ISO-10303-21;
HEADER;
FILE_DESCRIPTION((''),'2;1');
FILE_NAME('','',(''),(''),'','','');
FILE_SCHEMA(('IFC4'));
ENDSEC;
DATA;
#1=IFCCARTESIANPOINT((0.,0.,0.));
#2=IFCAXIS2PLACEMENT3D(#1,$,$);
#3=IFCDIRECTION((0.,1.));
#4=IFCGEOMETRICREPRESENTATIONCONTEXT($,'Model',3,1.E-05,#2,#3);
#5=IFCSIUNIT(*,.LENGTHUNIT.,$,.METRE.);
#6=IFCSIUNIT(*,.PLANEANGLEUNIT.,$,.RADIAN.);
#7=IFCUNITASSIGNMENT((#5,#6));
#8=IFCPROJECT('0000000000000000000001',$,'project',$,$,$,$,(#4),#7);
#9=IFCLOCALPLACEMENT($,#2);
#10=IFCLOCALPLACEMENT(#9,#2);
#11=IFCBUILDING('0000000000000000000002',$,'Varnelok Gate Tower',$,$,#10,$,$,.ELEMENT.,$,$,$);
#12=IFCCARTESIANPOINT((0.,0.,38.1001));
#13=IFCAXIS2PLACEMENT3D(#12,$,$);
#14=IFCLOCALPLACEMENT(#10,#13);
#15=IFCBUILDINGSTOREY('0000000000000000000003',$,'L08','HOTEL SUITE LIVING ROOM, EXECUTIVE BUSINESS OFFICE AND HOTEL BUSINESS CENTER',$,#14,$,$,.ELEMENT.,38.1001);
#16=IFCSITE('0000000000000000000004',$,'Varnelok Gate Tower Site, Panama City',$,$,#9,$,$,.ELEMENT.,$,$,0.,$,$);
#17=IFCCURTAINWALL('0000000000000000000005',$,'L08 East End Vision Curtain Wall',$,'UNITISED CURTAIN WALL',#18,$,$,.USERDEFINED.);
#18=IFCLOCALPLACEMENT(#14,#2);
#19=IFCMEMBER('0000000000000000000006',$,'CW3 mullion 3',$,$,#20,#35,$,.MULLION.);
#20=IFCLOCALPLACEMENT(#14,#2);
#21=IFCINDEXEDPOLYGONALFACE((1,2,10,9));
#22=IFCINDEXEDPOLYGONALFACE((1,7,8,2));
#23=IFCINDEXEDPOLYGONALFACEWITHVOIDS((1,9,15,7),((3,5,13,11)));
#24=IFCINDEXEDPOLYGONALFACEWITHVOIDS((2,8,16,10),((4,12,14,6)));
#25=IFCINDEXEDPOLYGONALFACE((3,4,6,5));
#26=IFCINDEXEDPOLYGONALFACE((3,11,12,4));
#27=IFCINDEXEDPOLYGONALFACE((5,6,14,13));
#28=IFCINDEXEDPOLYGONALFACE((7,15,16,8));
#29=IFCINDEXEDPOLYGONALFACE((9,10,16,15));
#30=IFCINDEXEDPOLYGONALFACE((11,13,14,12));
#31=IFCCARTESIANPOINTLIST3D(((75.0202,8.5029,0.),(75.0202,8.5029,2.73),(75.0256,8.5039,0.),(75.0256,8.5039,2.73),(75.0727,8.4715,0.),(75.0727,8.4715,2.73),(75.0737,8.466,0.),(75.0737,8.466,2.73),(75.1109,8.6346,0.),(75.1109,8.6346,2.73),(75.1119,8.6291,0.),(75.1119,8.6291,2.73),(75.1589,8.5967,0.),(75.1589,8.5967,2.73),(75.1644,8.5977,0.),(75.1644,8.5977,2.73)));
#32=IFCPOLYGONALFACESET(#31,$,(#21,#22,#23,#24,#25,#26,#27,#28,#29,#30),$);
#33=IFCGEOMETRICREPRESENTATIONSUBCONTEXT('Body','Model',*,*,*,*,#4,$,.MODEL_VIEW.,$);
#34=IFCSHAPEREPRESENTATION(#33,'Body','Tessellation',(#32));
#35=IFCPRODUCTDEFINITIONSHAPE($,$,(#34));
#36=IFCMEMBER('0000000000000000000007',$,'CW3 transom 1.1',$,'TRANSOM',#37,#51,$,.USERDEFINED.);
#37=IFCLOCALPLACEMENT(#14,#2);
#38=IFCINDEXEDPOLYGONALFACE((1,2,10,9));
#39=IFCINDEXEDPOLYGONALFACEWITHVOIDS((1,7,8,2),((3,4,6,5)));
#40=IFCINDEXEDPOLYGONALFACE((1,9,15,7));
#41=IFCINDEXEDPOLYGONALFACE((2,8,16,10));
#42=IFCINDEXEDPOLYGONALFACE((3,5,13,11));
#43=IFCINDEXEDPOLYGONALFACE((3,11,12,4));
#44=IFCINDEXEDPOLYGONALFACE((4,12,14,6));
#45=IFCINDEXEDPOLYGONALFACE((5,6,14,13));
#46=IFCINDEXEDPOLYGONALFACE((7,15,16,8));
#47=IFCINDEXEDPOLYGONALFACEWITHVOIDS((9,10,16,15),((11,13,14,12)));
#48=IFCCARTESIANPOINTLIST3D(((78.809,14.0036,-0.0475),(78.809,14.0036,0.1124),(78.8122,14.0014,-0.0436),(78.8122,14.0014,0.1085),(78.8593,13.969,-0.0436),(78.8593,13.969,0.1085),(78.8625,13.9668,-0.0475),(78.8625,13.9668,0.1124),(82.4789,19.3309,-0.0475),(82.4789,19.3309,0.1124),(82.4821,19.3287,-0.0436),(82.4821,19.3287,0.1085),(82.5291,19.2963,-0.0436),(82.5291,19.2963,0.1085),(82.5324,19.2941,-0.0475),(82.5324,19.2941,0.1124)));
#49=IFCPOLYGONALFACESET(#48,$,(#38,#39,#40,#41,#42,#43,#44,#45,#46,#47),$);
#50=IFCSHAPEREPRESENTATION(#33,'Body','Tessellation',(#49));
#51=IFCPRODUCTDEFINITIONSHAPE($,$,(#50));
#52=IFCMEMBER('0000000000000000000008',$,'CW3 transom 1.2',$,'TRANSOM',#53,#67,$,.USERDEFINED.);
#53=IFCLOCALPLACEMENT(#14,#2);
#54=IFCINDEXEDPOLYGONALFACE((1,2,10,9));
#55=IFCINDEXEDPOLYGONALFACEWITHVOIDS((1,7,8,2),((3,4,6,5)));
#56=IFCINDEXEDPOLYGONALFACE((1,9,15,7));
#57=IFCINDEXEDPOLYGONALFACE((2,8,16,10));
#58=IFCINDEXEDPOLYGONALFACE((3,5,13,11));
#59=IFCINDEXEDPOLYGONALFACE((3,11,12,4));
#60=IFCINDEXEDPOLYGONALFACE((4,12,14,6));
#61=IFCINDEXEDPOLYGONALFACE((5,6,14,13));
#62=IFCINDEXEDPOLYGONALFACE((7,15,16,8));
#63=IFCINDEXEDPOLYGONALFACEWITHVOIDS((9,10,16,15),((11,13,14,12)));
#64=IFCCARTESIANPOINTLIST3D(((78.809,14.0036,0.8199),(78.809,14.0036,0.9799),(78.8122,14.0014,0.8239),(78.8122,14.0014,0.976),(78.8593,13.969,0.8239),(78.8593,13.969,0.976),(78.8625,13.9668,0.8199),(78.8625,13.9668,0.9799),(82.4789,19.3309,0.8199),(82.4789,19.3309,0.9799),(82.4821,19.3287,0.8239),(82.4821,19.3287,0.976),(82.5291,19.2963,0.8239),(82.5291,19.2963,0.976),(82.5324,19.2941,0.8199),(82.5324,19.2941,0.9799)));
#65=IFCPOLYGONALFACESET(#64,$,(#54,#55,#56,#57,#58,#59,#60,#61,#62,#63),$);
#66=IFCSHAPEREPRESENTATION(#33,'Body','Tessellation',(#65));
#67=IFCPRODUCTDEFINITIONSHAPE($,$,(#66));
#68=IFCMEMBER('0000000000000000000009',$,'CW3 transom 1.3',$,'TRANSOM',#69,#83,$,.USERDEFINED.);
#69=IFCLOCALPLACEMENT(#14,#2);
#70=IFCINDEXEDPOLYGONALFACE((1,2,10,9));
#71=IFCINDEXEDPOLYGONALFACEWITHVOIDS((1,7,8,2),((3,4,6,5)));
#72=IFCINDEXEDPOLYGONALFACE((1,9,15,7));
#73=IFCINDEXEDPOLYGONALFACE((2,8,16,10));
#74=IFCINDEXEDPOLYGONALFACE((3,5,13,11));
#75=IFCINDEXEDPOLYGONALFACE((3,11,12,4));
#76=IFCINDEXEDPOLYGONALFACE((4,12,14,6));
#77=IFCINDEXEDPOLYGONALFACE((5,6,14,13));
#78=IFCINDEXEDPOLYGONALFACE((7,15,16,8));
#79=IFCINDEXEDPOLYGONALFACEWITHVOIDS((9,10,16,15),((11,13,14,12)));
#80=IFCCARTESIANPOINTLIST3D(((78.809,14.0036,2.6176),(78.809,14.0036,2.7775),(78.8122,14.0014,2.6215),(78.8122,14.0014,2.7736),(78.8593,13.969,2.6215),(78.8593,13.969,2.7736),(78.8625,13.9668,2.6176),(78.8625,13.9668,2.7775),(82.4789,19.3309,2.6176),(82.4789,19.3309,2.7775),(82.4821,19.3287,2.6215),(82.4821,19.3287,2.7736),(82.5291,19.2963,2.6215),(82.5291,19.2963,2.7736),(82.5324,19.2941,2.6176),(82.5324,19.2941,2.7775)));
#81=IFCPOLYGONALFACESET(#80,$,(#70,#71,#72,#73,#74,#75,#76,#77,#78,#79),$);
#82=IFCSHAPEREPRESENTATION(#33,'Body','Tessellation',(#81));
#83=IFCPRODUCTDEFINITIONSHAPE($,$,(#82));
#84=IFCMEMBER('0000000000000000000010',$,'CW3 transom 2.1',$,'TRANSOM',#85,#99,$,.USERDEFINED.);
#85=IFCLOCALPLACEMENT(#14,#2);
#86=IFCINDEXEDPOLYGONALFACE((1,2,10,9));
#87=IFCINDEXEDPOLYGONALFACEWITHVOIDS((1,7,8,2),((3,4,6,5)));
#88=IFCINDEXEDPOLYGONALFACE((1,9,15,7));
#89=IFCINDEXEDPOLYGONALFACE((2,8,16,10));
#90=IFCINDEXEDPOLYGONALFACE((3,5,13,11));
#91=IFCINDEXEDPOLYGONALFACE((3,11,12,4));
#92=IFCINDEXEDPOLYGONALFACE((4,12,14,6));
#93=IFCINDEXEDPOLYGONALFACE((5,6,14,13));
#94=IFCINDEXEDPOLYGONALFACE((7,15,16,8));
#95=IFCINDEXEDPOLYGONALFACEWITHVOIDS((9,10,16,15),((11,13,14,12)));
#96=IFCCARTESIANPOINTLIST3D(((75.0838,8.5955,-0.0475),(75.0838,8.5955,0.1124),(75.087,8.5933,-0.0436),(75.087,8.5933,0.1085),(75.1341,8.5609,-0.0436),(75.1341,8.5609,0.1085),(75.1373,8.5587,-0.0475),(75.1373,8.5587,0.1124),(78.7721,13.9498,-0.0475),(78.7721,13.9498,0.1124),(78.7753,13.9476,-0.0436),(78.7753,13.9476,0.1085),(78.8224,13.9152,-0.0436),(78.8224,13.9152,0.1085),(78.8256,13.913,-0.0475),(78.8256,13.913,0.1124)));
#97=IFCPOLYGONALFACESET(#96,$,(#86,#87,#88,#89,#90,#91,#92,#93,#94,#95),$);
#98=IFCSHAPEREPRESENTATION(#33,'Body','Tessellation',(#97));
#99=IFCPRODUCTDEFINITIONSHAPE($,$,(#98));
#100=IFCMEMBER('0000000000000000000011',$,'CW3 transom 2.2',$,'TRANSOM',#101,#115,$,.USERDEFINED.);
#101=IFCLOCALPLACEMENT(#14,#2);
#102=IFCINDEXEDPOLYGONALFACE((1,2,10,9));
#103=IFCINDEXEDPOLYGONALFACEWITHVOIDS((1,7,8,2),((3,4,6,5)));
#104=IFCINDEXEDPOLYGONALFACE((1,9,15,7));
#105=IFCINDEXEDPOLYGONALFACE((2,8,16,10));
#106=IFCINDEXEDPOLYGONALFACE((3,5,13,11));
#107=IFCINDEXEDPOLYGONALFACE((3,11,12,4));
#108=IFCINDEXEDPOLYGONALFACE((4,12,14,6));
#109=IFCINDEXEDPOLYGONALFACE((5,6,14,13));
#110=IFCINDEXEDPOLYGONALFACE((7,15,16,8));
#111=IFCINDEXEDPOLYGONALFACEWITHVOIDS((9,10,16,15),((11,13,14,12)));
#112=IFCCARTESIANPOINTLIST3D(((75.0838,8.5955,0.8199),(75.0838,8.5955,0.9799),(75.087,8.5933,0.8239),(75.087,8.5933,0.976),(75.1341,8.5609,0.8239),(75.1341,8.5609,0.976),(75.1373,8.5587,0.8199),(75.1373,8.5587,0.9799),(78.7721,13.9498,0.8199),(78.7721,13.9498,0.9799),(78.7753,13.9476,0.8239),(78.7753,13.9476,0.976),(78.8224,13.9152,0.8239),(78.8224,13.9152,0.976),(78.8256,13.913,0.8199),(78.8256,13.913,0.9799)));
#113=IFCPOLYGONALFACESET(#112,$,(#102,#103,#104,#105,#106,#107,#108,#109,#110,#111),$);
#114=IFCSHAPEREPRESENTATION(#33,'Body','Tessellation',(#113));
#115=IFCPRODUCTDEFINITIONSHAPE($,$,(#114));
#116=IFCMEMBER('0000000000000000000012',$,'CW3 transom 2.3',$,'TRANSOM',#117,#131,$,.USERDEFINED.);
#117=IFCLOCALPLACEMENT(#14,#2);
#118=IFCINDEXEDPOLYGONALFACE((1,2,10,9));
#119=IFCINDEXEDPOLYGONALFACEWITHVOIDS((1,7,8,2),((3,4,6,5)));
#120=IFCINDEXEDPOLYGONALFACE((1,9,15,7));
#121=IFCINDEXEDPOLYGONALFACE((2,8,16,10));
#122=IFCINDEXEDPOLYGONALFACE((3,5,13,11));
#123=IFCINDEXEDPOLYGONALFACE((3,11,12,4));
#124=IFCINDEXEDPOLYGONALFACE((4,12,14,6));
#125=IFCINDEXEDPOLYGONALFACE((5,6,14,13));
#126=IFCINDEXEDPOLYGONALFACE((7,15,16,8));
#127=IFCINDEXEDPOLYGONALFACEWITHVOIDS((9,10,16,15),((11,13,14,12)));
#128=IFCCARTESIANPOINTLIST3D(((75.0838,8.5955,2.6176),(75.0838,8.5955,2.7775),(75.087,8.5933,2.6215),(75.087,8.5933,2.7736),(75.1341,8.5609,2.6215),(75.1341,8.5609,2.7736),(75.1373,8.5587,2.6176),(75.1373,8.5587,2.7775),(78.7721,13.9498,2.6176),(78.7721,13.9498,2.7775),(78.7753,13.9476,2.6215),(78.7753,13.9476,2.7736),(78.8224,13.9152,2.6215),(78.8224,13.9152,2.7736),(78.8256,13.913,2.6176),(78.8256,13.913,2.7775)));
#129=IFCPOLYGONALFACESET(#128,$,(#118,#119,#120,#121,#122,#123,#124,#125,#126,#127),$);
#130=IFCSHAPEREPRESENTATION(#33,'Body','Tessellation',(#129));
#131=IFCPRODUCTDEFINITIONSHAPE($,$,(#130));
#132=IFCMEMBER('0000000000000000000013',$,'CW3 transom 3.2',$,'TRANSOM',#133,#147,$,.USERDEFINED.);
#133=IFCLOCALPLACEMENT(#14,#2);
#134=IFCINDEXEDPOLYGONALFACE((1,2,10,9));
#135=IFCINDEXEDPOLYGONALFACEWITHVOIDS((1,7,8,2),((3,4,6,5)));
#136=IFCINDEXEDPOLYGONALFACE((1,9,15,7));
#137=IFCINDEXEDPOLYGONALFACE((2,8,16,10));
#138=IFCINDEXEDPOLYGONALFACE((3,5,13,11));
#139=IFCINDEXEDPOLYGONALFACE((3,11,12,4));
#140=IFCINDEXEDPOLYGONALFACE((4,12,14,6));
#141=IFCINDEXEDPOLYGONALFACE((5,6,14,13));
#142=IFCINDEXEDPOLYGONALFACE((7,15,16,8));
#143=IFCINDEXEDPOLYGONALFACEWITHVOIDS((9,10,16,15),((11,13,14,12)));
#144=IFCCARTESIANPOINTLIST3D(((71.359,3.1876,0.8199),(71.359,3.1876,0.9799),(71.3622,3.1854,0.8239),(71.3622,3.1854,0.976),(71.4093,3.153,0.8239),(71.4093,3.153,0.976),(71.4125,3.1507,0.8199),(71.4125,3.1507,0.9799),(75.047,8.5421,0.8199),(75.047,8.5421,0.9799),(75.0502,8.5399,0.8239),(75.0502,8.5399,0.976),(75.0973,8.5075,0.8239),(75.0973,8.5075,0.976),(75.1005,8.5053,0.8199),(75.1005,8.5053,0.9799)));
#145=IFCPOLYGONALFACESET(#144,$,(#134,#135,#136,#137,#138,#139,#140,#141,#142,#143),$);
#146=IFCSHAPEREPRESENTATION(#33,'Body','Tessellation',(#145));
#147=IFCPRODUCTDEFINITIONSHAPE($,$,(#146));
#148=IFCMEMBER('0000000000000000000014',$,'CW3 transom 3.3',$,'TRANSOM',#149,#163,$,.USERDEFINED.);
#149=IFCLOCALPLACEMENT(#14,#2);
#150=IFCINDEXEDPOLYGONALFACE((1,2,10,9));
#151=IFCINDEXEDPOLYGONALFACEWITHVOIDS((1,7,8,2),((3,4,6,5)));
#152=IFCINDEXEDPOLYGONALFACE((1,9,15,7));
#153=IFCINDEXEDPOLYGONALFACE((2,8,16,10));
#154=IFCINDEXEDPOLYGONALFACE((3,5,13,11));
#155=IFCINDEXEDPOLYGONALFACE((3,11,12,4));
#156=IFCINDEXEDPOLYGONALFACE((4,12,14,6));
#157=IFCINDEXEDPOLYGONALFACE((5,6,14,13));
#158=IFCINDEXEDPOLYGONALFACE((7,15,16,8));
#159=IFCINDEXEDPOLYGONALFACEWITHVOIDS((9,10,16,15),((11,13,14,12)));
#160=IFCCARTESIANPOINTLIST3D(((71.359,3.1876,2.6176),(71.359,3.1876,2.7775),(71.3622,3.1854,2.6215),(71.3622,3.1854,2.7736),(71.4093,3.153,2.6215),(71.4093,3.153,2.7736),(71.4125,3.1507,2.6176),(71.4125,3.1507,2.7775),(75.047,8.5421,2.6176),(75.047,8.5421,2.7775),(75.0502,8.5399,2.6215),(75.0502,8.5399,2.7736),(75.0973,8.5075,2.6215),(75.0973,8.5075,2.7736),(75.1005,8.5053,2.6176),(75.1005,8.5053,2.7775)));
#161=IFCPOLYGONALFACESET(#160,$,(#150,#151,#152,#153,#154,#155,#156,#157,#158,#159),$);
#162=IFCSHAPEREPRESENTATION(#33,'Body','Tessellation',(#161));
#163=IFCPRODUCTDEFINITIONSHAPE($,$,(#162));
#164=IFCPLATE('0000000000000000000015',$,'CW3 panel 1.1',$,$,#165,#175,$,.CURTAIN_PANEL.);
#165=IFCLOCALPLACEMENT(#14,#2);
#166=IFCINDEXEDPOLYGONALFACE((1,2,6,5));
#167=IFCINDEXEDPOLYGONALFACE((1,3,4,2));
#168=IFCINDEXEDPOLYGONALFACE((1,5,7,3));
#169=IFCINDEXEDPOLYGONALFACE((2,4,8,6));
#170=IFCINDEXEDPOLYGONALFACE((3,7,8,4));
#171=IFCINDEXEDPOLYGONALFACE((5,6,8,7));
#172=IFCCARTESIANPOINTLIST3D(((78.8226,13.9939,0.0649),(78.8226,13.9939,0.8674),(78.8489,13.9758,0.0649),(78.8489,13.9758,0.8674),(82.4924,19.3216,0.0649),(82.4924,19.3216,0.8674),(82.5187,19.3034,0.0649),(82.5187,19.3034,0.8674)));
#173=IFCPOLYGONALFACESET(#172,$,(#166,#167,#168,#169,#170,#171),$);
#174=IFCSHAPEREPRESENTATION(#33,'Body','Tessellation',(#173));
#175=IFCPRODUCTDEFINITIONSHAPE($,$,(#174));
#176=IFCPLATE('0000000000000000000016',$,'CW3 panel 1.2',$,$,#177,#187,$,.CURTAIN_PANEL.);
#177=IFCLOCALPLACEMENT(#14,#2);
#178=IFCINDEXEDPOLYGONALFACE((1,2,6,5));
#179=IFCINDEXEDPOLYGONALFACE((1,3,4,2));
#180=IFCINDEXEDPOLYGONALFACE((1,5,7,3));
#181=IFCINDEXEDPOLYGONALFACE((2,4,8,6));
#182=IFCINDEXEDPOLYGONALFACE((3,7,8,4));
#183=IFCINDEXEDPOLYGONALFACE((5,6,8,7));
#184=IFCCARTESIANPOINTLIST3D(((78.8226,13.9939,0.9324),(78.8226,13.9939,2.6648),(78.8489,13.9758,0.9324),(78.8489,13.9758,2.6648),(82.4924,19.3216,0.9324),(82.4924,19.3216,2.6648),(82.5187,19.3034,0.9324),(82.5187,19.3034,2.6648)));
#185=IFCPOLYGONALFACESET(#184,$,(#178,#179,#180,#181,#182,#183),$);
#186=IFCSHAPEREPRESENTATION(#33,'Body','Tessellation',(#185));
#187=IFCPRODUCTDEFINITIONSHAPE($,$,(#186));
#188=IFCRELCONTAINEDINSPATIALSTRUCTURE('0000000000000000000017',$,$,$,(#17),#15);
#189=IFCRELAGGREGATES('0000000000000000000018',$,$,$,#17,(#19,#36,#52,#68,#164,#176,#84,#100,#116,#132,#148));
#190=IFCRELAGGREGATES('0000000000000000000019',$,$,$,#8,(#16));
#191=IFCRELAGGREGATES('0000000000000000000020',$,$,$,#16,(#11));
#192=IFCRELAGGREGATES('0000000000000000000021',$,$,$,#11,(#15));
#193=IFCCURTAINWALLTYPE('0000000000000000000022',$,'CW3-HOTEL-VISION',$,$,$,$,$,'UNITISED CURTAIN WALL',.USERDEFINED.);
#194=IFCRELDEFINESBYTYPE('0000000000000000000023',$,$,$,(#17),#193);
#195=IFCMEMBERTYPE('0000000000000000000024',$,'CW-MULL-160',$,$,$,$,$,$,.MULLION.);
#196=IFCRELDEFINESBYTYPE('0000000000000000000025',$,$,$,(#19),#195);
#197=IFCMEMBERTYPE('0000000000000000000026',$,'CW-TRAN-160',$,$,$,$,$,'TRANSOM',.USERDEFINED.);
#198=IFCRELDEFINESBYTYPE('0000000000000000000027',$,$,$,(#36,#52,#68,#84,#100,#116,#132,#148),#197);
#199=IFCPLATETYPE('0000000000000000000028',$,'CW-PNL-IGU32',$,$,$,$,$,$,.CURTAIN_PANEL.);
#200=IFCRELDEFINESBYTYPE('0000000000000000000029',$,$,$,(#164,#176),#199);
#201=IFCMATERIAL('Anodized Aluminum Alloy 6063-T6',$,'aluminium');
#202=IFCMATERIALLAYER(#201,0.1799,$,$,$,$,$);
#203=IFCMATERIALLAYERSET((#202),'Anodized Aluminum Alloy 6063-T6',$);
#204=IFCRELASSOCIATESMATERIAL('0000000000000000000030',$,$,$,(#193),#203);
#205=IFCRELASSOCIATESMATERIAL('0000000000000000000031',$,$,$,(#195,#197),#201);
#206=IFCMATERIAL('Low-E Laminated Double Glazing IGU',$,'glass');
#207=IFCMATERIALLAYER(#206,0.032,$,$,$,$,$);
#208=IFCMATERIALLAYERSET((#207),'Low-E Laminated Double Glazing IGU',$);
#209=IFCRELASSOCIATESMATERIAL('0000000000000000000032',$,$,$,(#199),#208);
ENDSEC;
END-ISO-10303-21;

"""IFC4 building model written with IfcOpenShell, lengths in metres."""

from ifc_helpers import new_model, si_unit, direction, frame, origin, origin_2d, place, context, subcontext, project, spatial, rectangle, hollow_rectangle, extrude, source, transform, mapped, material, layer, layer_set, material_profile, profile_set, type_object, element, aggregate, save


model = new_model("IFC4")

# Units and contexts
model_context = context("Model", 3, precision=1e-05, world=origin(), true_north=direction((0.0, 1.0)))
body_context = subcontext(model_context, "Body", "Model", "MODEL_VIEW")
ifc_project = project(units=[si_unit("LENGTHUNIT", "METRE"), si_unit("PLANEANGLEUNIT", "RADIAN")], contexts=[model_context])

# Site, building, storey
site_placement = place(None, origin())
site = spatial("IfcSite", under=ifc_project, at=site_placement, Name="Varnelok Gate Tower Site, Panama City", CompositionType="ELEMENT", RefElevation=0.0)
building_placement = place(site_placement, origin())
building = spatial("IfcBuilding", under=site, at=building_placement, Name="Varnelok Gate Tower", CompositionType="ELEMENT")
storey_placement = place(building_placement, frame((0.0, 0.0, 38.1001)))
storey = spatial("IfcBuildingStorey", under=building, at=storey_placement, Name="L08", Description="HOTEL SUITE LIVING ROOM, EXECUTIVE BUSINESS OFFICE AND HOTEL BUSINESS CENTER", CompositionType="ELEMENT", Elevation=38.1001)

# Curtain wall, members, plates
ifc_material_1 = material(Name="Anodized Aluminum Alloy 6063-T6", Category="aluminium")
ifc_layer_1 = layer(ifc_material_1, 0.1799)
ifc_layer_set_1 = layer_set([ifc_layer_1], Name="Anodized Aluminum Alloy 6063-T6")
curtain_wall_type = type_object("IfcCurtainWallType", Name="CW3-HOTEL-VISION", ElementType="UNITISED CURTAIN WALL", PredefinedType="USERDEFINED", material=ifc_layer_set_1)
curtain_wall_placement = place(storey_placement, origin())
curtain_wall = element("IfcCurtainWall", 1, at=curtain_wall_placement, inside=storey, type_object=curtain_wall_type, Name="L08 East End Vision Curtain Wall", ObjectType="UNITISED CURTAIN WALL", PredefinedType="USERDEFINED")
ifc_material_profile_1 = material_profile(ifc_material_1, hollow_rectangle(XDim=0.0649, YDim=0.1599, WallThickness=0.0039, at=origin_2d()), Name="ALU160X65X4")
ifc_profile_set_1 = profile_set([ifc_material_profile_1], Name="Anodized Aluminum Alloy 6063-T6")
member_type_1 = type_object("IfcMemberType", Name="CW-MULL-160", PredefinedType="MULLION", material=ifc_profile_set_1)
member_1_placement = place(storey_placement, frame((75.0923, 8.5503, 0.0), z_axis=(0.0, 0.0, 1.0), x_axis=(0.823533, -0.567269, 0.0)))
member_1 = element("IfcMember", 2, at=member_1_placement, type_object=member_type_1, Name="CW3 mullion 3", PredefinedType="MULLION", context=body_context, shape_type="SweptSolid", body=[
    extrude(hollow_rectangle(XDim=0.0649, YDim=0.1599, WallThickness=0.0039, at=origin_2d()), origin(), (0.0, 0.0, 1.0), 2.73),
])
ifc_material_profile_2 = material_profile(ifc_material_1, hollow_rectangle(XDim=0.0649, YDim=0.1599, WallThickness=0.0039, at=origin_2d()), Name="ALU160X65X4")
ifc_profile_set_2 = profile_set([ifc_material_profile_2], Name="Anodized Aluminum Alloy 6063-T6")
member_type_2 = type_object("IfcMemberType", Name="CW-TRAN-160", ElementType="TRANSOM", PredefinedType="USERDEFINED", material=ifc_profile_set_2)
member_2_placement = place(storey_placement, frame((82.5056, 19.3125, 0.0325), z_axis=(-0.567299, -0.823512, 0.0), x_axis=(0.823512, -0.567299, 0.0)))
member_2 = element("IfcMember", 3, at=member_2_placement, type_object=member_type_2, Name="CW3 transom 1.1", ObjectType="TRANSOM", PredefinedType="USERDEFINED", context=body_context, shape_type="SweptSolid", body=[
    extrude(hollow_rectangle(XDim=0.0649, YDim=0.1599, WallThickness=0.0039, at=origin_2d()), origin(), (0.0, 0.0, 1.0), 6.469),
])
member_3_placement = place(storey_placement, frame((82.5056, 19.3125, 0.8999), z_axis=(-0.567299, -0.823512, 0.0), x_axis=(0.823512, -0.567299, 0.0)))
member_3 = element("IfcMember", 4, at=member_3_placement, type_object=member_type_2, Name="CW3 transom 1.2", ObjectType="TRANSOM", PredefinedType="USERDEFINED", context=body_context, shape_type="SweptSolid", body=[
    extrude(hollow_rectangle(XDim=0.0649, YDim=0.1599, WallThickness=0.0039, at=origin_2d()), origin(), (0.0, 0.0, 1.0), 6.469),
])
member_4_placement = place(storey_placement, frame((82.5056, 19.3125, 2.6975), z_axis=(-0.567299, -0.823512, 0.0), x_axis=(0.823512, -0.567299, 0.0)))
member_4 = element("IfcMember", 5, at=member_4_placement, type_object=member_type_2, Name="CW3 transom 1.3", ObjectType="TRANSOM", PredefinedType="USERDEFINED", context=body_context, shape_type="SweptSolid", body=[
    extrude(hollow_rectangle(XDim=0.0649, YDim=0.1599, WallThickness=0.0039, at=origin_2d()), origin(), (0.0, 0.0, 1.0), 6.469),
])
member_5_placement = place(storey_placement, frame((78.7988, 13.9314, 0.0325), z_axis=(-0.567279, -0.823526, 0.0), x_axis=(0.823526, -0.567279, 0.0)))
member_5 = element("IfcMember", 6, at=member_5_placement, type_object=member_type_2, Name="CW3 transom 2.1", ObjectType="TRANSOM", PredefinedType="USERDEFINED", context=body_context, shape_type="SweptSolid", body=[
    extrude(hollow_rectangle(XDim=0.0649, YDim=0.1599, WallThickness=0.0039, at=origin_2d()), origin(), (0.0, 0.0, 1.0), 6.5017),
])
member_6_placement = place(storey_placement, frame((78.7988, 13.9314, 0.8999), z_axis=(-0.567279, -0.823526, 0.0), x_axis=(0.823526, -0.567279, 0.0)))
member_6 = element("IfcMember", 7, at=member_6_placement, type_object=member_type_2, Name="CW3 transom 2.2", ObjectType="TRANSOM", PredefinedType="USERDEFINED", context=body_context, shape_type="SweptSolid", body=[
    extrude(hollow_rectangle(XDim=0.0649, YDim=0.1599, WallThickness=0.0039, at=origin_2d()), origin(), (0.0, 0.0, 1.0), 6.5017),
])
member_7_placement = place(storey_placement, frame((78.7988, 13.9314, 2.6975), z_axis=(-0.567279, -0.823526, 0.0), x_axis=(0.823526, -0.567279, 0.0)))
member_7 = element("IfcMember", 8, at=member_7_placement, type_object=member_type_2, Name="CW3 transom 2.3", ObjectType="TRANSOM", PredefinedType="USERDEFINED", context=body_context, shape_type="SweptSolid", body=[
    extrude(hollow_rectangle(XDim=0.0649, YDim=0.1599, WallThickness=0.0039, at=origin_2d()), origin(), (0.0, 0.0, 1.0), 6.5017),
])
member_8_placement = place(storey_placement, frame((75.0737, 8.5237, 0.8999), z_axis=(-0.567236, -0.823555, 0.0), x_axis=(0.823555, -0.567236, 0.0)))
member_8 = element("IfcMember", 9, at=member_8_placement, type_object=member_type_2, Name="CW3 transom 3.2", ObjectType="TRANSOM", PredefinedType="USERDEFINED", context=body_context, shape_type="SweptSolid", body=[
    extrude(hollow_rectangle(XDim=0.0649, YDim=0.1599, WallThickness=0.0039, at=origin_2d()), origin(), (0.0, 0.0, 1.0), 6.5017),
])
member_9_placement = place(storey_placement, frame((75.0737, 8.5237, 2.6975), z_axis=(-0.567236, -0.823555, 0.0), x_axis=(0.823555, -0.567236, 0.0)))
member_9 = element("IfcMember", 10, at=member_9_placement, type_object=member_type_2, Name="CW3 transom 3.3", ObjectType="TRANSOM", PredefinedType="USERDEFINED", context=body_context, shape_type="SweptSolid", body=[
    extrude(hollow_rectangle(XDim=0.0649, YDim=0.1599, WallThickness=0.0039, at=origin_2d()), origin(), (0.0, 0.0, 1.0), 6.5017),
])
ifc_material_2 = material(Name="Low-E Laminated Double Glazing IGU", Category="glass")
ifc_layer_2 = layer(ifc_material_2, 0.032)
ifc_layer_set_2 = layer_set([ifc_layer_2], Name="Low-E Laminated Double Glazing IGU")
plate_type = type_object("IfcPlateType", Name="CW-PNL-IGU32", PredefinedType="CURTAIN_PANEL", material=ifc_layer_set_2)
shared_shape_1 = source(origin(), body_context, "Body", "SweptSolid", [
    extrude(rectangle(XDim=6.4692, YDim=0.032, at=origin_2d()), origin(), (0.0, 0.0, 1.0), 0.8025),
])
plate_1_placement = place(storey_placement, frame((80.6707, 16.6487, 0.0649), z_axis=(0.0, 0.0, 1.0), x_axis=(-0.567269, -0.823533, 0.0)))
plate_1 = element("IfcPlate", 11, at=plate_1_placement, type_object=plate_type, Name="CW3 panel 1.1", PredefinedType="CURTAIN_PANEL", context=body_context, shape_type="MappedRepresentation", body=[
    mapped(shared_shape_1, transform((0.0, 0.0, 0.0), scale=1.0)),
])
shared_shape_2 = source(origin(), body_context, "Body", "SweptSolid", [
    extrude(rectangle(XDim=6.4692, YDim=0.032, at=origin_2d()), origin(), (0.0, 0.0, 1.0), 1.7324),
])
plate_2_placement = place(storey_placement, frame((80.6707, 16.6487, 0.9324), z_axis=(0.0, 0.0, 1.0), x_axis=(-0.567269, -0.823533, 0.0)))
plate_2 = element("IfcPlate", 12, at=plate_2_placement, type_object=plate_type, Name="CW3 panel 1.2", PredefinedType="CURTAIN_PANEL", context=body_context, shape_type="MappedRepresentation", body=[
    mapped(shared_shape_2, transform((0.0, 0.0, 0.0), scale=1.0)),
])
aggregate(curtain_wall, [member_1, member_2, member_3, member_4, plate_1, plate_2, member_5, member_6, member_7, member_8, member_9])

save(model, "model.ifc")
